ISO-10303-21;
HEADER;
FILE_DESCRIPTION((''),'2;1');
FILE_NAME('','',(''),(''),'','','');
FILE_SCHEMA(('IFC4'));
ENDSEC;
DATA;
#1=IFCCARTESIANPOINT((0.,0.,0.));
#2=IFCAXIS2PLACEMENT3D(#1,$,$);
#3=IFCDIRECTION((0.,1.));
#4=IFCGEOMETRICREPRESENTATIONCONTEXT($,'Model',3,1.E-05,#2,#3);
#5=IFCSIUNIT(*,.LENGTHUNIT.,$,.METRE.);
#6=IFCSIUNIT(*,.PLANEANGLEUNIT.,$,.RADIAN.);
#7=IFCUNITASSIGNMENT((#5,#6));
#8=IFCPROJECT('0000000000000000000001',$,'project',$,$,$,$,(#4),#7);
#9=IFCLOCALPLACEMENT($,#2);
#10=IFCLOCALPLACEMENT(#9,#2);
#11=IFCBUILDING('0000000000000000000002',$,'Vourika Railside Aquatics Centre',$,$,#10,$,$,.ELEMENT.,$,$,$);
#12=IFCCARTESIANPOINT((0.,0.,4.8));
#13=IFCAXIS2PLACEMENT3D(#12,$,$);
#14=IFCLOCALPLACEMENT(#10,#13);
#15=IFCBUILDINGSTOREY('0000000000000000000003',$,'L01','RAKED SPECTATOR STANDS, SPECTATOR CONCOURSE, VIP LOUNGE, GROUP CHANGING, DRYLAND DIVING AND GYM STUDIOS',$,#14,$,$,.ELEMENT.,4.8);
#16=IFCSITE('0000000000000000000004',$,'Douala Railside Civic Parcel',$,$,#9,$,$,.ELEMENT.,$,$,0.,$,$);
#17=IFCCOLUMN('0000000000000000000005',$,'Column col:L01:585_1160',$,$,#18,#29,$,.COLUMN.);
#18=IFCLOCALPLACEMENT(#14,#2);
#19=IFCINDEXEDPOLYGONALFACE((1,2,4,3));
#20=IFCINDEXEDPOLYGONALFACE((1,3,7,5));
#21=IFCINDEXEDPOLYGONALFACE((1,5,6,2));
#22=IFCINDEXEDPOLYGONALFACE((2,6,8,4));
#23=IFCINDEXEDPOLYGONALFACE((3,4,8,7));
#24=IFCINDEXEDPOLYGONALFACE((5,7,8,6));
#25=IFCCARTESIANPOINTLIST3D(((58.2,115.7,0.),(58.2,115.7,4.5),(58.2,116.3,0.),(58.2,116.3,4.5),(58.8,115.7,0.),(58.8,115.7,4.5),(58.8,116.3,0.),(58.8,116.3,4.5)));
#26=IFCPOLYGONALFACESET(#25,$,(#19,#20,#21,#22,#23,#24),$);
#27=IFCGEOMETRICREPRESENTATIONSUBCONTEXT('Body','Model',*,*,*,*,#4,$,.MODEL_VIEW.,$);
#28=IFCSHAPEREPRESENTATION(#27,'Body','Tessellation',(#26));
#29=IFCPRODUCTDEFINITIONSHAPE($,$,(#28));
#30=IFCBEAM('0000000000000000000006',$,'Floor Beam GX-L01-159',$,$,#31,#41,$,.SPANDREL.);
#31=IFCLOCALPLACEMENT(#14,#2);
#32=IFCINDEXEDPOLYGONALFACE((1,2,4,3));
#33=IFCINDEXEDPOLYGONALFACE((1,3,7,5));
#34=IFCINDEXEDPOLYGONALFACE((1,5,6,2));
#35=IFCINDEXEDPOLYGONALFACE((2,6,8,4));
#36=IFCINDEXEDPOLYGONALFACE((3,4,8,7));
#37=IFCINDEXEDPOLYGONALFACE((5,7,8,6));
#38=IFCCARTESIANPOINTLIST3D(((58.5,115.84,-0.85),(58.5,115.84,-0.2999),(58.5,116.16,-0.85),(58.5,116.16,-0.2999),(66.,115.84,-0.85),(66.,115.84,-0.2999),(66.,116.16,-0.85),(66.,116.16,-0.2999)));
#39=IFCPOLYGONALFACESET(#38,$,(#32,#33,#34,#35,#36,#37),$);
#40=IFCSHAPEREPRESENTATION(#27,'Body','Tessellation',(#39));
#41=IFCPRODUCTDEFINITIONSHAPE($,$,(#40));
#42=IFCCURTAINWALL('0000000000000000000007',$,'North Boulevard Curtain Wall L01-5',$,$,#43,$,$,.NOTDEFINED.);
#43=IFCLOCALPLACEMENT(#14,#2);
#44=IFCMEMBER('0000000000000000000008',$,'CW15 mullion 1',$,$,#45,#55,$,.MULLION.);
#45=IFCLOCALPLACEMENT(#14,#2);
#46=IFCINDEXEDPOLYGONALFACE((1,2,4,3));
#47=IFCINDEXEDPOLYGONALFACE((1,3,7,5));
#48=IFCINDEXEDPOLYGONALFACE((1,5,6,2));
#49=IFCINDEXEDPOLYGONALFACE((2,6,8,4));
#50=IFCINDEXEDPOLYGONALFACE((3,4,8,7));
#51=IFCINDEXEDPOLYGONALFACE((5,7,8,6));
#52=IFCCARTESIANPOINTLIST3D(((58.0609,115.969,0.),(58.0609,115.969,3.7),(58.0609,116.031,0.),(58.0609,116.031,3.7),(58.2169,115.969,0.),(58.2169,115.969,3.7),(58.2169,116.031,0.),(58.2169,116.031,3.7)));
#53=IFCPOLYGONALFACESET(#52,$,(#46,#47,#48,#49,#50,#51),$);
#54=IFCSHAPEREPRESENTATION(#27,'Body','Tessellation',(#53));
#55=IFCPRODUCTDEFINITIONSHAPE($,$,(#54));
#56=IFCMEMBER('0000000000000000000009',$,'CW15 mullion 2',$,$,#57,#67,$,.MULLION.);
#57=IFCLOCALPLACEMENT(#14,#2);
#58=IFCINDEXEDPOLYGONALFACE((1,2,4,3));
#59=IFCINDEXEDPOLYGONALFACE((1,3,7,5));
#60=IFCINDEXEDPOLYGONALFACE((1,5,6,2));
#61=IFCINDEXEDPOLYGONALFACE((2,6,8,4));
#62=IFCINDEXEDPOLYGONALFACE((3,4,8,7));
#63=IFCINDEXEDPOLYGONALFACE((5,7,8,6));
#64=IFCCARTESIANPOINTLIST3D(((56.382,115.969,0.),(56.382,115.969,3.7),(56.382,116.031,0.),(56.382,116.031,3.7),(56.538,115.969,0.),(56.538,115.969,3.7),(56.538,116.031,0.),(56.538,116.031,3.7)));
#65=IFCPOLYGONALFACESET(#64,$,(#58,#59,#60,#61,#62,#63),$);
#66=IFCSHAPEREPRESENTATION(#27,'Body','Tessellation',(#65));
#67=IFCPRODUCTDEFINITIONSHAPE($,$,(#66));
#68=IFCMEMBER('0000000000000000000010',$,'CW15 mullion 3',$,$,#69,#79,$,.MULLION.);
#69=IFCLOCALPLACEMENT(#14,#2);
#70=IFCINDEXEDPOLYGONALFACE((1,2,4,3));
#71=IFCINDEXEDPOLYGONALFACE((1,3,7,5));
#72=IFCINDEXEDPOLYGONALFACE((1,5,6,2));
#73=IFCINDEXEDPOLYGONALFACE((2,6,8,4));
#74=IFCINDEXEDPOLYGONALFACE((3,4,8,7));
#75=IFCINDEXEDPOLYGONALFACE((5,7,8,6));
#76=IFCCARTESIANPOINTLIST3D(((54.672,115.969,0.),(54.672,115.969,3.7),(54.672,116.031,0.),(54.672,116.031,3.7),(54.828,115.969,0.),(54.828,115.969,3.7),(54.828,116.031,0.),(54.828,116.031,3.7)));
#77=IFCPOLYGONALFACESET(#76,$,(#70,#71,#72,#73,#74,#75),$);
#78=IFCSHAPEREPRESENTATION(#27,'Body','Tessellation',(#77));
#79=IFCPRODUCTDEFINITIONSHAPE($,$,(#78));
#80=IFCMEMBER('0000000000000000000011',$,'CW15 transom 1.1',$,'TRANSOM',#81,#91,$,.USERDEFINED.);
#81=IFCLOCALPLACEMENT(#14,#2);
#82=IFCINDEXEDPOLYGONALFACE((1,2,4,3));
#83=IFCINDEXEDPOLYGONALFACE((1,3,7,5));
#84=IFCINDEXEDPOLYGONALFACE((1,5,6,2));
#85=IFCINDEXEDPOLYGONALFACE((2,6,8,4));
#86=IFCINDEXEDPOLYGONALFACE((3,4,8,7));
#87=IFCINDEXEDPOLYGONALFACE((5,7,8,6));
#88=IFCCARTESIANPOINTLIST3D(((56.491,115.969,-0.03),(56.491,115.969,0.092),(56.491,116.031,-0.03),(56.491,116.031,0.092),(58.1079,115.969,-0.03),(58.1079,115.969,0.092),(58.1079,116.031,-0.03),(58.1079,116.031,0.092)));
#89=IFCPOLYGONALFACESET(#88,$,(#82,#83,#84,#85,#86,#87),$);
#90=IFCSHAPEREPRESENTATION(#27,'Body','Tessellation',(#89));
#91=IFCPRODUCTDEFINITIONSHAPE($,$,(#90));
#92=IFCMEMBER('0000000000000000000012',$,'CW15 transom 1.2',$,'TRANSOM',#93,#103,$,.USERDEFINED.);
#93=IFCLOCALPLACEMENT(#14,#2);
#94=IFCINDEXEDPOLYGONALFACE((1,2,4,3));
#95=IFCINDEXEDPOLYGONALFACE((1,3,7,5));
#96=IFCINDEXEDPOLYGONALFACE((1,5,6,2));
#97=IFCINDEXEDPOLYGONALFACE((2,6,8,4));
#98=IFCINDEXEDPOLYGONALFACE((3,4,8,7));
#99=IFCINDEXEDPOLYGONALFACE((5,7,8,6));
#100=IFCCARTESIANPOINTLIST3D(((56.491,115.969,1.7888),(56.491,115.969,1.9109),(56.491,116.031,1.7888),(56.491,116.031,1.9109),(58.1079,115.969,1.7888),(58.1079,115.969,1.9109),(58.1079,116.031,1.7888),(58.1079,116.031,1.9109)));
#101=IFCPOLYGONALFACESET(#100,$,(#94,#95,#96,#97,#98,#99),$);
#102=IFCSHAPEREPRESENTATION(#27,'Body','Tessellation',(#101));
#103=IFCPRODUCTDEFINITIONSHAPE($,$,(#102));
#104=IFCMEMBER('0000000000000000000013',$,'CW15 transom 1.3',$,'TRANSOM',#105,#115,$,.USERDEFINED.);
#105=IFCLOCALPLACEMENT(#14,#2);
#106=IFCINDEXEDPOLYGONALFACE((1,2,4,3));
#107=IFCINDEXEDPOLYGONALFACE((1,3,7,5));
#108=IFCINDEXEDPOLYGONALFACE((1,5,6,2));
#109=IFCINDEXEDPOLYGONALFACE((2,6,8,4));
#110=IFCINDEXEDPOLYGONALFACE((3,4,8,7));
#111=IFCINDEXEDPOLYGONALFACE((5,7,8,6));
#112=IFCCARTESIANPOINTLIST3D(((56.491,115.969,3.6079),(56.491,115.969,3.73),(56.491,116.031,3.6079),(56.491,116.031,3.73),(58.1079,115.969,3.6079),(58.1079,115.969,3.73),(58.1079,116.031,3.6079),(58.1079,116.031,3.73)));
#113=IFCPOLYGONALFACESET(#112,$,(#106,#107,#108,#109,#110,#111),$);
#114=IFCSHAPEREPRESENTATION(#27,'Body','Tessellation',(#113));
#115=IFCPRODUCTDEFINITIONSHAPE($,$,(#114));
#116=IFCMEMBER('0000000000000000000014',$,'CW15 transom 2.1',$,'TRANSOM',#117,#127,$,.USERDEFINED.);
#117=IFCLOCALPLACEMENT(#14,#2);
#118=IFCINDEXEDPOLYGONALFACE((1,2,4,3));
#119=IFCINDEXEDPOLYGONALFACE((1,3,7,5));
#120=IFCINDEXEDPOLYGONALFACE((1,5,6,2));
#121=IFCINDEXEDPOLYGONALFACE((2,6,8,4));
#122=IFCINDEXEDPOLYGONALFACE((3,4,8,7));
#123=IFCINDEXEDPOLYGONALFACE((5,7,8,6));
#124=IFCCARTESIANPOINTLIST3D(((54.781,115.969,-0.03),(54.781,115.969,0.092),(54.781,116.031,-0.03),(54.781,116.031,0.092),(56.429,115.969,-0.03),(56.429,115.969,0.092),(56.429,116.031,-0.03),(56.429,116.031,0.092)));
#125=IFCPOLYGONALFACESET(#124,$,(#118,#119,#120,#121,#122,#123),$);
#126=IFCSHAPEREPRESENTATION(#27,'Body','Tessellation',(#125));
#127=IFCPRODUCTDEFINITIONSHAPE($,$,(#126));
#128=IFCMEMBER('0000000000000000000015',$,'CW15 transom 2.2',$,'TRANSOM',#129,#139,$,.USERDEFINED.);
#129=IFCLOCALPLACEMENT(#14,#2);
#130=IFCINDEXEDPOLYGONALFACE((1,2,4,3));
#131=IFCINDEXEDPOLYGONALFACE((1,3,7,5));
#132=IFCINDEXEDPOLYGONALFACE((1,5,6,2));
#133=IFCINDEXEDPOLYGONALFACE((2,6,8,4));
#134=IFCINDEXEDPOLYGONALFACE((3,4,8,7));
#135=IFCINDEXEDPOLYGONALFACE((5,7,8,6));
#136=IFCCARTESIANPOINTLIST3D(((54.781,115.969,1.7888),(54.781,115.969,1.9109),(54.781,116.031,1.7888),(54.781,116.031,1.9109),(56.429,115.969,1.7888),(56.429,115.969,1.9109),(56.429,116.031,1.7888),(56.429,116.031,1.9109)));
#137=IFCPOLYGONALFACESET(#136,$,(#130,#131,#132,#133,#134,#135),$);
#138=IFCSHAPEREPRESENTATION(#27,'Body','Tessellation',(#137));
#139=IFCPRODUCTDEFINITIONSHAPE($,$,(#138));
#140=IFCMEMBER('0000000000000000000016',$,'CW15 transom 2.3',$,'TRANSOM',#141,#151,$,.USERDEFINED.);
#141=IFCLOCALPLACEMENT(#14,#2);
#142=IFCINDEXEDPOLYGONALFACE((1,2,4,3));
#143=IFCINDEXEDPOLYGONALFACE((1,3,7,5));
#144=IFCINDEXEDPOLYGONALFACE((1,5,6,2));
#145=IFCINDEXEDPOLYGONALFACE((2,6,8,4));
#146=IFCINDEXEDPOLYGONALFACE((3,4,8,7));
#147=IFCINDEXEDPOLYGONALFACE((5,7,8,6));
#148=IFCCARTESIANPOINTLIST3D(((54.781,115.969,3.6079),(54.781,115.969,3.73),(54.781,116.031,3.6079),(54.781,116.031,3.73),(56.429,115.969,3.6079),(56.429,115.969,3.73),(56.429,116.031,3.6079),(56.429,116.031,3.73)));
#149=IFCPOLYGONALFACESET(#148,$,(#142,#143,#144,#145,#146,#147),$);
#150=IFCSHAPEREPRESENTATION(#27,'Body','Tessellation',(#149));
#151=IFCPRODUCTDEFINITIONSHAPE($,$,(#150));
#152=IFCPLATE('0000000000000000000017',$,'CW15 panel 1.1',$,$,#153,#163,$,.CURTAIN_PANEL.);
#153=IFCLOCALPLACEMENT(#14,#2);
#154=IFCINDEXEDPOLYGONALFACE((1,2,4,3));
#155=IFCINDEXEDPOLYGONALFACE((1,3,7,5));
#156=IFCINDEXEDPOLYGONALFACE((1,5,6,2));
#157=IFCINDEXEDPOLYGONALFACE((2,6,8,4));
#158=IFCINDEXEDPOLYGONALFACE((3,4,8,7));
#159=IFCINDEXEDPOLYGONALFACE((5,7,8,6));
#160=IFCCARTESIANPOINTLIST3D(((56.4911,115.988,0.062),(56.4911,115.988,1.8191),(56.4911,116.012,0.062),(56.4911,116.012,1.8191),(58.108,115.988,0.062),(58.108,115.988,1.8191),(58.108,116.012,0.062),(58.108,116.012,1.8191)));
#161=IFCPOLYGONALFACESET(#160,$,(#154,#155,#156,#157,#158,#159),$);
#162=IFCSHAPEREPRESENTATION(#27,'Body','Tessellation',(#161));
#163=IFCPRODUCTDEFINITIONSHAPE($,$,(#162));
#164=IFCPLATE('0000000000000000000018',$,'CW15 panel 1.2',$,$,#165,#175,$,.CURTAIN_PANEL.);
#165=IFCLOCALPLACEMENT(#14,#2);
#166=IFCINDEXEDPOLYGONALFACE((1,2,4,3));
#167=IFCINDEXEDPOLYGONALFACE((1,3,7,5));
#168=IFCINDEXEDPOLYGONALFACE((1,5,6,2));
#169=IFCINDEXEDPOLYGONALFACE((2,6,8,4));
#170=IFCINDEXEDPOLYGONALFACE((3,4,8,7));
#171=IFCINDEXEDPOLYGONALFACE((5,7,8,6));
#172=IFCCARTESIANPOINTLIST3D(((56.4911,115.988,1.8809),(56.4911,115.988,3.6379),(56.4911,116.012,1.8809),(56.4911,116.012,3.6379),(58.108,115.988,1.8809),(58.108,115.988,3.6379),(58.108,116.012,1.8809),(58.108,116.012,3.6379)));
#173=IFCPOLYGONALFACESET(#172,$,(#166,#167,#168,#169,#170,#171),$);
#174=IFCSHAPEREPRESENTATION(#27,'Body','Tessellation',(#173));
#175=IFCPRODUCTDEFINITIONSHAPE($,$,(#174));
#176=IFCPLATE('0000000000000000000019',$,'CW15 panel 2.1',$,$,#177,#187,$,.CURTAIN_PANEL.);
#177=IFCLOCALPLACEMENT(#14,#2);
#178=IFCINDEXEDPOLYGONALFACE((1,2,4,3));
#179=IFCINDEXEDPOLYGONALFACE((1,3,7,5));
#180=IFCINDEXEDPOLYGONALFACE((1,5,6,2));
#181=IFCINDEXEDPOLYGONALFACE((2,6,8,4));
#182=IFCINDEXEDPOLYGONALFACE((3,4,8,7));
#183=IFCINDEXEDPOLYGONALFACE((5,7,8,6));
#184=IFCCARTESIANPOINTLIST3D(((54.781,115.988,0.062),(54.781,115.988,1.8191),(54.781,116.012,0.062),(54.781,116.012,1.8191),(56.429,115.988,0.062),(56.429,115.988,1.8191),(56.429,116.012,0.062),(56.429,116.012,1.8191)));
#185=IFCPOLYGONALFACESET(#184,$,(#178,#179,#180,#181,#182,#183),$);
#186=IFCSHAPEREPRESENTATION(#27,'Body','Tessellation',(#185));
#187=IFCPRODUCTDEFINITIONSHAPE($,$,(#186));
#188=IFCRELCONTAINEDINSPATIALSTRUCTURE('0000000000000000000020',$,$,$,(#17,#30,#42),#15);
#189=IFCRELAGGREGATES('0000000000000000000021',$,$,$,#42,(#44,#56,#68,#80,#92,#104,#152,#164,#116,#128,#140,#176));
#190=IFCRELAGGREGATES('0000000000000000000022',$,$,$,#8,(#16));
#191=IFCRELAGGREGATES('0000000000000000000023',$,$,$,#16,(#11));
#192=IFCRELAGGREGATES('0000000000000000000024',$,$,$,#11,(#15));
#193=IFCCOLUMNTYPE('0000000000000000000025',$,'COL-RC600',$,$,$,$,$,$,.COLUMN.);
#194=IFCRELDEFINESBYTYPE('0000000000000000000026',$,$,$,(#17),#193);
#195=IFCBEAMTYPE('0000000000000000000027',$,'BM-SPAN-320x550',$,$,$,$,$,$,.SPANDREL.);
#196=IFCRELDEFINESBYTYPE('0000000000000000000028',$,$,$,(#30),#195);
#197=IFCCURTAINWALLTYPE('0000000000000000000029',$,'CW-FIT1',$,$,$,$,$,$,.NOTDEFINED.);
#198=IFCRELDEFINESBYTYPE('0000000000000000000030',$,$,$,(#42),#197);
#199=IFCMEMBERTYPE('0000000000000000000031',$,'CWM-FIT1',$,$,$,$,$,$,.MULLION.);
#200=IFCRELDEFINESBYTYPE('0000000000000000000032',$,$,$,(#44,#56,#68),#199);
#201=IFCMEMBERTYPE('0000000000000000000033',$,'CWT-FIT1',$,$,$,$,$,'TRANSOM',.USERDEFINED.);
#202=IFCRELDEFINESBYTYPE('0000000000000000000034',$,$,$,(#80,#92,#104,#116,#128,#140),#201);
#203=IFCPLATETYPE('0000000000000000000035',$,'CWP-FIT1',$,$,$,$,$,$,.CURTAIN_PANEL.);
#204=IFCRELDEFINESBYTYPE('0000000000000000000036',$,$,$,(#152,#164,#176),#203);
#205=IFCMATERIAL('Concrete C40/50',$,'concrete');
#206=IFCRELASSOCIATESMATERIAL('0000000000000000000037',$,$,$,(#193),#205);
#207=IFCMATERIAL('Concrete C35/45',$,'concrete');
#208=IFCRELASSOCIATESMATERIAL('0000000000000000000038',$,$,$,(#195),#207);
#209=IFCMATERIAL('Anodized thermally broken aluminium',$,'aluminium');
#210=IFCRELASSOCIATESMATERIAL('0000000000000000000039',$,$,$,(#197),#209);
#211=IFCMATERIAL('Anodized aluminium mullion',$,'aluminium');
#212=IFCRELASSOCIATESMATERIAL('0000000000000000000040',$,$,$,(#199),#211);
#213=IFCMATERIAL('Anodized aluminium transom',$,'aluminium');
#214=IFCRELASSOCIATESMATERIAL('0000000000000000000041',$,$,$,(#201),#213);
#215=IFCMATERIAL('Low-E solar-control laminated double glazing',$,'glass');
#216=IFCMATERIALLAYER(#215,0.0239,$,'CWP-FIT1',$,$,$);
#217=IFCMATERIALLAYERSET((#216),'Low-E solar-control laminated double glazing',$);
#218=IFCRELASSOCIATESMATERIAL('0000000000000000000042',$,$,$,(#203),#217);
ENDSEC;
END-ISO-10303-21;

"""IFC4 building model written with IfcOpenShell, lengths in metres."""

from ifc_helpers import new_model, si_unit, direction, frame, origin, origin_2d, place, context, subcontext, project, spatial, rectangle, extrude, material, layer, layer_set, material_profile, profile_set, type_object, element, aggregate, save


model = new_model("IFC4")

# Units and contexts
model_context = context("Model", 3, precision=1e-05, world=origin(), true_north=direction((0.0, 1.0)))
body_context = subcontext(model_context, "Body", "Model", "MODEL_VIEW")
ifc_project = project(units=[si_unit("LENGTHUNIT", "METRE"), si_unit("PLANEANGLEUNIT", "RADIAN")], contexts=[model_context])

# Site, building, storey
site_placement = place(None, origin())
site = spatial("IfcSite", under=ifc_project, at=site_placement, Name="Douala Railside Civic Parcel", CompositionType="ELEMENT", RefElevation=0.0)
building_placement = place(site_placement, origin())
building = spatial("IfcBuilding", under=site, at=building_placement, Name="Vourika Railside Aquatics Centre", CompositionType="ELEMENT")
storey_placement = place(building_placement, frame((0.0, 0.0, 4.8)))
storey = spatial("IfcBuildingStorey", under=building, at=storey_placement, Name="L01", Description="RAKED SPECTATOR STANDS, SPECTATOR CONCOURSE, VIP LOUNGE, GROUP CHANGING, DRYLAND DIVING AND GYM STUDIOS", CompositionType="ELEMENT", Elevation=4.8)

# Column
ifc_material_1 = material(Name="Concrete C40/50", Category="concrete")
ifc_material_profile_1 = material_profile(ifc_material_1, rectangle(XDim=0.6001, YDim=0.6001, at=origin_2d()), Name="RC 600x600")
ifc_profile_set_1 = profile_set([ifc_material_profile_1], Name="Concrete C40/50")
column_type = type_object("IfcColumnType", Name="COL-RC600", PredefinedType="COLUMN", material=ifc_profile_set_1)
column_placement = place(storey_placement, frame((58.5, 116.0, 0.0), z_axis=(0.0, 0.0, 1.0), x_axis=(1.0, 0.0, 0.0)))
element("IfcColumn", 1, at=column_placement, inside=storey, type_object=column_type, Name="Column col:L01:585_1160", PredefinedType="COLUMN", context=body_context, shape_type="SweptSolid", body=[
    extrude(rectangle(XDim=0.6001, YDim=0.6001, at=origin_2d()), origin(), (0.0, 0.0, 1.0), 4.5),
])

# Beam
ifc_material_2 = material(Name="Concrete C35/45", Category="concrete")
ifc_material_profile_2 = material_profile(ifc_material_2, rectangle(XDim=0.3201, YDim=0.55, at=origin_2d()), Name="RC 320x550")
ifc_profile_set_2 = profile_set([ifc_material_profile_2], Name="Concrete C35/45")
beam_type = type_object("IfcBeamType", Name="BM-SPAN-320x550", PredefinedType="SPANDREL", material=ifc_profile_set_2)
beam_placement = place(storey_placement, frame((58.5, 116.0, -0.575), z_axis=(1.0, 0.0, 0.0), x_axis=(0.0, 1.0, 0.0)))
element("IfcBeam", 2, at=beam_placement, inside=storey, type_object=beam_type, Name="Floor Beam GX-L01-159", PredefinedType="SPANDREL", context=body_context, shape_type="SweptSolid", body=[
    extrude(rectangle(XDim=0.3201, YDim=0.55, at=origin_2d()), origin(), (0.0, 0.0, 1.0), 7.5),
])

# Curtain wall, members, plates
ifc_material_3 = material(Name="Anodized thermally broken aluminium", Category="aluminium")
curtain_wall_type = type_object("IfcCurtainWallType", Name="CW-FIT1", PredefinedType="NOTDEFINED", material=ifc_material_3)
curtain_wall_placement = place(storey_placement, origin())
curtain_wall = element("IfcCurtainWall", 3, at=curtain_wall_placement, inside=storey, type_object=curtain_wall_type, Name="North Boulevard Curtain Wall L01-5", PredefinedType="NOTDEFINED")
ifc_material_4 = material(Name="Anodized aluminium mullion", Category="aluminium")
ifc_material_profile_3 = material_profile(ifc_material_4, rectangle(XDim=0.062, YDim=0.156, at=origin_2d()), Name="ALU-M 62x156")
ifc_profile_set_3 = profile_set([ifc_material_profile_3], Name="Anodized aluminium mullion")
member_type_1 = type_object("IfcMemberType", Name="CWM-FIT1", PredefinedType="MULLION", material=ifc_profile_set_3)
member_1_placement = place(storey_placement, frame((58.1389, 116.0, 0.0), z_axis=(0.0, 0.0, 1.0), x_axis=(0.0, -1.0, 0.0)))
member_1 = element("IfcMember", 4, at=member_1_placement, type_object=member_type_1, Name="CW15 mullion 1", PredefinedType="MULLION", context=body_context, shape_type="SweptSolid", body=[
    extrude(rectangle(XDim=0.062, YDim=0.156, at=origin_2d()), origin(), (0.0, 0.0, 1.0), 3.7),
])
member_2_placement = place(storey_placement, frame((56.46, 116.0, 0.0), z_axis=(0.0, 0.0, 1.0), x_axis=(0.0, -1.0, 0.0)))
member_2 = element("IfcMember", 5, at=member_2_placement, type_object=member_type_1, Name="CW15 mullion 2", PredefinedType="MULLION", context=body_context, shape_type="SweptSolid", body=[
    extrude(rectangle(XDim=0.062, YDim=0.156, at=origin_2d()), origin(), (0.0, 0.0, 1.0), 3.7),
])
member_3_placement = place(storey_placement, frame((54.75, 116.0, 0.0), z_axis=(0.0, 0.0, 1.0), x_axis=(0.0, -1.0, 0.0)))
member_3 = element("IfcMember", 6, at=member_3_placement, type_object=member_type_1, Name="CW15 mullion 3", PredefinedType="MULLION", context=body_context, shape_type="SweptSolid", body=[
    extrude(rectangle(XDim=0.062, YDim=0.156, at=origin_2d()), origin(), (0.0, 0.0, 1.0), 3.7),
])
ifc_material_5 = material(Name="Anodized aluminium transom", Category="aluminium")
ifc_material_profile_4 = material_profile(ifc_material_5, rectangle(XDim=0.062, YDim=0.1221, at=origin_2d()), Name="ALU-T 62x122")
ifc_profile_set_4 = profile_set([ifc_material_profile_4], Name="Anodized aluminium transom")
member_type_2 = type_object("IfcMemberType", Name="CWT-FIT1", ElementType="TRANSOM", PredefinedType="USERDEFINED", material=ifc_profile_set_4)
member_4_placement = place(storey_placement, frame((58.1079, 116.0, 0.031), z_axis=(-1.0, 0.0, 0.0), x_axis=(0.0, -1.0, 0.0)))
member_4 = element("IfcMember", 7, at=member_4_placement, type_object=member_type_2, Name="CW15 transom 1.1", ObjectType="TRANSOM", PredefinedType="USERDEFINED", context=body_context, shape_type="SweptSolid", body=[
    extrude(rectangle(XDim=0.062, YDim=0.1221, at=origin_2d()), origin(), (0.0, 0.0, 1.0), 1.6169),
])
member_5_placement = place(storey_placement, frame((58.1079, 116.0, 1.8499), z_axis=(-1.0, 0.0, 0.0), x_axis=(0.0, -1.0, 0.0)))
member_5 = element("IfcMember", 8, at=member_5_placement, type_object=member_type_2, Name="CW15 transom 1.2", ObjectType="TRANSOM", PredefinedType="USERDEFINED", context=body_context, shape_type="SweptSolid", body=[
    extrude(rectangle(XDim=0.062, YDim=0.1221, at=origin_2d()), origin(), (0.0, 0.0, 1.0), 1.6169),
])
member_6_placement = place(storey_placement, frame((58.1079, 116.0, 3.6689), z_axis=(-1.0, 0.0, 0.0), x_axis=(0.0, -1.0, 0.0)))
member_6 = element("IfcMember", 9, at=member_6_placement, type_object=member_type_2, Name="CW15 transom 1.3", ObjectType="TRANSOM", PredefinedType="USERDEFINED", context=body_context, shape_type="SweptSolid", body=[
    extrude(rectangle(XDim=0.062, YDim=0.1221, at=origin_2d()), origin(), (0.0, 0.0, 1.0), 1.6169),
])
member_7_placement = place(storey_placement, frame((56.429, 116.0, 0.031), z_axis=(-1.0, 0.0, 0.0), x_axis=(0.0, -1.0, 0.0)))
member_7 = element("IfcMember", 10, at=member_7_placement, type_object=member_type_2, Name="CW15 transom 2.1", ObjectType="TRANSOM", PredefinedType="USERDEFINED", context=body_context, shape_type="SweptSolid", body=[
    extrude(rectangle(XDim=0.062, YDim=0.1221, at=origin_2d()), origin(), (0.0, 0.0, 1.0), 1.6479),
])
member_8_placement = place(storey_placement, frame((56.429, 116.0, 1.8499), z_axis=(-1.0, 0.0, 0.0), x_axis=(0.0, -1.0, 0.0)))
member_8 = element("IfcMember", 11, at=member_8_placement, type_object=member_type_2, Name="CW15 transom 2.2", ObjectType="TRANSOM", PredefinedType="USERDEFINED", context=body_context, shape_type="SweptSolid", body=[
    extrude(rectangle(XDim=0.062, YDim=0.1221, at=origin_2d()), origin(), (0.0, 0.0, 1.0), 1.6479),
])
member_9_placement = place(storey_placement, frame((56.429, 116.0, 3.6689), z_axis=(-1.0, 0.0, 0.0), x_axis=(0.0, -1.0, 0.0)))
member_9 = element("IfcMember", 12, at=member_9_placement, type_object=member_type_2, Name="CW15 transom 2.3", ObjectType="TRANSOM", PredefinedType="USERDEFINED", context=body_context, shape_type="SweptSolid", body=[
    extrude(rectangle(XDim=0.062, YDim=0.1221, at=origin_2d()), origin(), (0.0, 0.0, 1.0), 1.6479),
])
ifc_material_6 = material(Name="Low-E solar-control laminated double glazing", Category="glass")
ifc_layer = layer(ifc_material_6, 0.0239, Name="CWP-FIT1")
ifc_layer_set = layer_set([ifc_layer], Name="Low-E solar-control laminated double glazing")
plate_type = type_object("IfcPlateType", Name="CWP-FIT1", PredefinedType="CURTAIN_PANEL", material=ifc_layer_set)
plate_1_placement = place(storey_placement, frame((57.2996, 116.0, 0.062), z_axis=(0.0, 0.0, 1.0), x_axis=(-1.0, 0.0, 0.0)))
plate_1 = element("IfcPlate", 13, at=plate_1_placement, type_object=plate_type, Name="CW15 panel 1.1", PredefinedType="CURTAIN_PANEL", context=body_context, shape_type="SweptSolid", body=[
    extrude(rectangle(XDim=1.6169, YDim=0.0239, at=origin_2d()), origin(), (0.0, 0.0, 1.0), 1.7571),
])
plate_2_placement = place(storey_placement, frame((57.2996, 116.0, 1.8809), z_axis=(0.0, 0.0, 1.0), x_axis=(-1.0, 0.0, 0.0)))
plate_2 = element("IfcPlate", 14, at=plate_2_placement, type_object=plate_type, Name="CW15 panel 1.2", PredefinedType="CURTAIN_PANEL", context=body_context, shape_type="SweptSolid", body=[
    extrude(rectangle(XDim=1.6169, YDim=0.0239, at=origin_2d()), origin(), (0.0, 0.0, 1.0), 1.7571),
])
plate_3_placement = place(storey_placement, frame((55.605, 116.0, 0.062), z_axis=(0.0, 0.0, 1.0), x_axis=(-1.0, 0.0, 0.0)))
plate_3 = element("IfcPlate", 15, at=plate_3_placement, type_object=plate_type, Name="CW15 panel 2.1", PredefinedType="CURTAIN_PANEL", context=body_context, shape_type="SweptSolid", body=[
    extrude(rectangle(XDim=1.6479, YDim=0.0239, at=origin_2d()), origin(), (0.0, 0.0, 1.0), 1.7571),
])
aggregate(curtain_wall, [member_1, member_2, member_3, member_4, member_5, member_6, plate_1, plate_2, member_7, member_8, member_9, plate_3])

save(model, "model.ifc")
